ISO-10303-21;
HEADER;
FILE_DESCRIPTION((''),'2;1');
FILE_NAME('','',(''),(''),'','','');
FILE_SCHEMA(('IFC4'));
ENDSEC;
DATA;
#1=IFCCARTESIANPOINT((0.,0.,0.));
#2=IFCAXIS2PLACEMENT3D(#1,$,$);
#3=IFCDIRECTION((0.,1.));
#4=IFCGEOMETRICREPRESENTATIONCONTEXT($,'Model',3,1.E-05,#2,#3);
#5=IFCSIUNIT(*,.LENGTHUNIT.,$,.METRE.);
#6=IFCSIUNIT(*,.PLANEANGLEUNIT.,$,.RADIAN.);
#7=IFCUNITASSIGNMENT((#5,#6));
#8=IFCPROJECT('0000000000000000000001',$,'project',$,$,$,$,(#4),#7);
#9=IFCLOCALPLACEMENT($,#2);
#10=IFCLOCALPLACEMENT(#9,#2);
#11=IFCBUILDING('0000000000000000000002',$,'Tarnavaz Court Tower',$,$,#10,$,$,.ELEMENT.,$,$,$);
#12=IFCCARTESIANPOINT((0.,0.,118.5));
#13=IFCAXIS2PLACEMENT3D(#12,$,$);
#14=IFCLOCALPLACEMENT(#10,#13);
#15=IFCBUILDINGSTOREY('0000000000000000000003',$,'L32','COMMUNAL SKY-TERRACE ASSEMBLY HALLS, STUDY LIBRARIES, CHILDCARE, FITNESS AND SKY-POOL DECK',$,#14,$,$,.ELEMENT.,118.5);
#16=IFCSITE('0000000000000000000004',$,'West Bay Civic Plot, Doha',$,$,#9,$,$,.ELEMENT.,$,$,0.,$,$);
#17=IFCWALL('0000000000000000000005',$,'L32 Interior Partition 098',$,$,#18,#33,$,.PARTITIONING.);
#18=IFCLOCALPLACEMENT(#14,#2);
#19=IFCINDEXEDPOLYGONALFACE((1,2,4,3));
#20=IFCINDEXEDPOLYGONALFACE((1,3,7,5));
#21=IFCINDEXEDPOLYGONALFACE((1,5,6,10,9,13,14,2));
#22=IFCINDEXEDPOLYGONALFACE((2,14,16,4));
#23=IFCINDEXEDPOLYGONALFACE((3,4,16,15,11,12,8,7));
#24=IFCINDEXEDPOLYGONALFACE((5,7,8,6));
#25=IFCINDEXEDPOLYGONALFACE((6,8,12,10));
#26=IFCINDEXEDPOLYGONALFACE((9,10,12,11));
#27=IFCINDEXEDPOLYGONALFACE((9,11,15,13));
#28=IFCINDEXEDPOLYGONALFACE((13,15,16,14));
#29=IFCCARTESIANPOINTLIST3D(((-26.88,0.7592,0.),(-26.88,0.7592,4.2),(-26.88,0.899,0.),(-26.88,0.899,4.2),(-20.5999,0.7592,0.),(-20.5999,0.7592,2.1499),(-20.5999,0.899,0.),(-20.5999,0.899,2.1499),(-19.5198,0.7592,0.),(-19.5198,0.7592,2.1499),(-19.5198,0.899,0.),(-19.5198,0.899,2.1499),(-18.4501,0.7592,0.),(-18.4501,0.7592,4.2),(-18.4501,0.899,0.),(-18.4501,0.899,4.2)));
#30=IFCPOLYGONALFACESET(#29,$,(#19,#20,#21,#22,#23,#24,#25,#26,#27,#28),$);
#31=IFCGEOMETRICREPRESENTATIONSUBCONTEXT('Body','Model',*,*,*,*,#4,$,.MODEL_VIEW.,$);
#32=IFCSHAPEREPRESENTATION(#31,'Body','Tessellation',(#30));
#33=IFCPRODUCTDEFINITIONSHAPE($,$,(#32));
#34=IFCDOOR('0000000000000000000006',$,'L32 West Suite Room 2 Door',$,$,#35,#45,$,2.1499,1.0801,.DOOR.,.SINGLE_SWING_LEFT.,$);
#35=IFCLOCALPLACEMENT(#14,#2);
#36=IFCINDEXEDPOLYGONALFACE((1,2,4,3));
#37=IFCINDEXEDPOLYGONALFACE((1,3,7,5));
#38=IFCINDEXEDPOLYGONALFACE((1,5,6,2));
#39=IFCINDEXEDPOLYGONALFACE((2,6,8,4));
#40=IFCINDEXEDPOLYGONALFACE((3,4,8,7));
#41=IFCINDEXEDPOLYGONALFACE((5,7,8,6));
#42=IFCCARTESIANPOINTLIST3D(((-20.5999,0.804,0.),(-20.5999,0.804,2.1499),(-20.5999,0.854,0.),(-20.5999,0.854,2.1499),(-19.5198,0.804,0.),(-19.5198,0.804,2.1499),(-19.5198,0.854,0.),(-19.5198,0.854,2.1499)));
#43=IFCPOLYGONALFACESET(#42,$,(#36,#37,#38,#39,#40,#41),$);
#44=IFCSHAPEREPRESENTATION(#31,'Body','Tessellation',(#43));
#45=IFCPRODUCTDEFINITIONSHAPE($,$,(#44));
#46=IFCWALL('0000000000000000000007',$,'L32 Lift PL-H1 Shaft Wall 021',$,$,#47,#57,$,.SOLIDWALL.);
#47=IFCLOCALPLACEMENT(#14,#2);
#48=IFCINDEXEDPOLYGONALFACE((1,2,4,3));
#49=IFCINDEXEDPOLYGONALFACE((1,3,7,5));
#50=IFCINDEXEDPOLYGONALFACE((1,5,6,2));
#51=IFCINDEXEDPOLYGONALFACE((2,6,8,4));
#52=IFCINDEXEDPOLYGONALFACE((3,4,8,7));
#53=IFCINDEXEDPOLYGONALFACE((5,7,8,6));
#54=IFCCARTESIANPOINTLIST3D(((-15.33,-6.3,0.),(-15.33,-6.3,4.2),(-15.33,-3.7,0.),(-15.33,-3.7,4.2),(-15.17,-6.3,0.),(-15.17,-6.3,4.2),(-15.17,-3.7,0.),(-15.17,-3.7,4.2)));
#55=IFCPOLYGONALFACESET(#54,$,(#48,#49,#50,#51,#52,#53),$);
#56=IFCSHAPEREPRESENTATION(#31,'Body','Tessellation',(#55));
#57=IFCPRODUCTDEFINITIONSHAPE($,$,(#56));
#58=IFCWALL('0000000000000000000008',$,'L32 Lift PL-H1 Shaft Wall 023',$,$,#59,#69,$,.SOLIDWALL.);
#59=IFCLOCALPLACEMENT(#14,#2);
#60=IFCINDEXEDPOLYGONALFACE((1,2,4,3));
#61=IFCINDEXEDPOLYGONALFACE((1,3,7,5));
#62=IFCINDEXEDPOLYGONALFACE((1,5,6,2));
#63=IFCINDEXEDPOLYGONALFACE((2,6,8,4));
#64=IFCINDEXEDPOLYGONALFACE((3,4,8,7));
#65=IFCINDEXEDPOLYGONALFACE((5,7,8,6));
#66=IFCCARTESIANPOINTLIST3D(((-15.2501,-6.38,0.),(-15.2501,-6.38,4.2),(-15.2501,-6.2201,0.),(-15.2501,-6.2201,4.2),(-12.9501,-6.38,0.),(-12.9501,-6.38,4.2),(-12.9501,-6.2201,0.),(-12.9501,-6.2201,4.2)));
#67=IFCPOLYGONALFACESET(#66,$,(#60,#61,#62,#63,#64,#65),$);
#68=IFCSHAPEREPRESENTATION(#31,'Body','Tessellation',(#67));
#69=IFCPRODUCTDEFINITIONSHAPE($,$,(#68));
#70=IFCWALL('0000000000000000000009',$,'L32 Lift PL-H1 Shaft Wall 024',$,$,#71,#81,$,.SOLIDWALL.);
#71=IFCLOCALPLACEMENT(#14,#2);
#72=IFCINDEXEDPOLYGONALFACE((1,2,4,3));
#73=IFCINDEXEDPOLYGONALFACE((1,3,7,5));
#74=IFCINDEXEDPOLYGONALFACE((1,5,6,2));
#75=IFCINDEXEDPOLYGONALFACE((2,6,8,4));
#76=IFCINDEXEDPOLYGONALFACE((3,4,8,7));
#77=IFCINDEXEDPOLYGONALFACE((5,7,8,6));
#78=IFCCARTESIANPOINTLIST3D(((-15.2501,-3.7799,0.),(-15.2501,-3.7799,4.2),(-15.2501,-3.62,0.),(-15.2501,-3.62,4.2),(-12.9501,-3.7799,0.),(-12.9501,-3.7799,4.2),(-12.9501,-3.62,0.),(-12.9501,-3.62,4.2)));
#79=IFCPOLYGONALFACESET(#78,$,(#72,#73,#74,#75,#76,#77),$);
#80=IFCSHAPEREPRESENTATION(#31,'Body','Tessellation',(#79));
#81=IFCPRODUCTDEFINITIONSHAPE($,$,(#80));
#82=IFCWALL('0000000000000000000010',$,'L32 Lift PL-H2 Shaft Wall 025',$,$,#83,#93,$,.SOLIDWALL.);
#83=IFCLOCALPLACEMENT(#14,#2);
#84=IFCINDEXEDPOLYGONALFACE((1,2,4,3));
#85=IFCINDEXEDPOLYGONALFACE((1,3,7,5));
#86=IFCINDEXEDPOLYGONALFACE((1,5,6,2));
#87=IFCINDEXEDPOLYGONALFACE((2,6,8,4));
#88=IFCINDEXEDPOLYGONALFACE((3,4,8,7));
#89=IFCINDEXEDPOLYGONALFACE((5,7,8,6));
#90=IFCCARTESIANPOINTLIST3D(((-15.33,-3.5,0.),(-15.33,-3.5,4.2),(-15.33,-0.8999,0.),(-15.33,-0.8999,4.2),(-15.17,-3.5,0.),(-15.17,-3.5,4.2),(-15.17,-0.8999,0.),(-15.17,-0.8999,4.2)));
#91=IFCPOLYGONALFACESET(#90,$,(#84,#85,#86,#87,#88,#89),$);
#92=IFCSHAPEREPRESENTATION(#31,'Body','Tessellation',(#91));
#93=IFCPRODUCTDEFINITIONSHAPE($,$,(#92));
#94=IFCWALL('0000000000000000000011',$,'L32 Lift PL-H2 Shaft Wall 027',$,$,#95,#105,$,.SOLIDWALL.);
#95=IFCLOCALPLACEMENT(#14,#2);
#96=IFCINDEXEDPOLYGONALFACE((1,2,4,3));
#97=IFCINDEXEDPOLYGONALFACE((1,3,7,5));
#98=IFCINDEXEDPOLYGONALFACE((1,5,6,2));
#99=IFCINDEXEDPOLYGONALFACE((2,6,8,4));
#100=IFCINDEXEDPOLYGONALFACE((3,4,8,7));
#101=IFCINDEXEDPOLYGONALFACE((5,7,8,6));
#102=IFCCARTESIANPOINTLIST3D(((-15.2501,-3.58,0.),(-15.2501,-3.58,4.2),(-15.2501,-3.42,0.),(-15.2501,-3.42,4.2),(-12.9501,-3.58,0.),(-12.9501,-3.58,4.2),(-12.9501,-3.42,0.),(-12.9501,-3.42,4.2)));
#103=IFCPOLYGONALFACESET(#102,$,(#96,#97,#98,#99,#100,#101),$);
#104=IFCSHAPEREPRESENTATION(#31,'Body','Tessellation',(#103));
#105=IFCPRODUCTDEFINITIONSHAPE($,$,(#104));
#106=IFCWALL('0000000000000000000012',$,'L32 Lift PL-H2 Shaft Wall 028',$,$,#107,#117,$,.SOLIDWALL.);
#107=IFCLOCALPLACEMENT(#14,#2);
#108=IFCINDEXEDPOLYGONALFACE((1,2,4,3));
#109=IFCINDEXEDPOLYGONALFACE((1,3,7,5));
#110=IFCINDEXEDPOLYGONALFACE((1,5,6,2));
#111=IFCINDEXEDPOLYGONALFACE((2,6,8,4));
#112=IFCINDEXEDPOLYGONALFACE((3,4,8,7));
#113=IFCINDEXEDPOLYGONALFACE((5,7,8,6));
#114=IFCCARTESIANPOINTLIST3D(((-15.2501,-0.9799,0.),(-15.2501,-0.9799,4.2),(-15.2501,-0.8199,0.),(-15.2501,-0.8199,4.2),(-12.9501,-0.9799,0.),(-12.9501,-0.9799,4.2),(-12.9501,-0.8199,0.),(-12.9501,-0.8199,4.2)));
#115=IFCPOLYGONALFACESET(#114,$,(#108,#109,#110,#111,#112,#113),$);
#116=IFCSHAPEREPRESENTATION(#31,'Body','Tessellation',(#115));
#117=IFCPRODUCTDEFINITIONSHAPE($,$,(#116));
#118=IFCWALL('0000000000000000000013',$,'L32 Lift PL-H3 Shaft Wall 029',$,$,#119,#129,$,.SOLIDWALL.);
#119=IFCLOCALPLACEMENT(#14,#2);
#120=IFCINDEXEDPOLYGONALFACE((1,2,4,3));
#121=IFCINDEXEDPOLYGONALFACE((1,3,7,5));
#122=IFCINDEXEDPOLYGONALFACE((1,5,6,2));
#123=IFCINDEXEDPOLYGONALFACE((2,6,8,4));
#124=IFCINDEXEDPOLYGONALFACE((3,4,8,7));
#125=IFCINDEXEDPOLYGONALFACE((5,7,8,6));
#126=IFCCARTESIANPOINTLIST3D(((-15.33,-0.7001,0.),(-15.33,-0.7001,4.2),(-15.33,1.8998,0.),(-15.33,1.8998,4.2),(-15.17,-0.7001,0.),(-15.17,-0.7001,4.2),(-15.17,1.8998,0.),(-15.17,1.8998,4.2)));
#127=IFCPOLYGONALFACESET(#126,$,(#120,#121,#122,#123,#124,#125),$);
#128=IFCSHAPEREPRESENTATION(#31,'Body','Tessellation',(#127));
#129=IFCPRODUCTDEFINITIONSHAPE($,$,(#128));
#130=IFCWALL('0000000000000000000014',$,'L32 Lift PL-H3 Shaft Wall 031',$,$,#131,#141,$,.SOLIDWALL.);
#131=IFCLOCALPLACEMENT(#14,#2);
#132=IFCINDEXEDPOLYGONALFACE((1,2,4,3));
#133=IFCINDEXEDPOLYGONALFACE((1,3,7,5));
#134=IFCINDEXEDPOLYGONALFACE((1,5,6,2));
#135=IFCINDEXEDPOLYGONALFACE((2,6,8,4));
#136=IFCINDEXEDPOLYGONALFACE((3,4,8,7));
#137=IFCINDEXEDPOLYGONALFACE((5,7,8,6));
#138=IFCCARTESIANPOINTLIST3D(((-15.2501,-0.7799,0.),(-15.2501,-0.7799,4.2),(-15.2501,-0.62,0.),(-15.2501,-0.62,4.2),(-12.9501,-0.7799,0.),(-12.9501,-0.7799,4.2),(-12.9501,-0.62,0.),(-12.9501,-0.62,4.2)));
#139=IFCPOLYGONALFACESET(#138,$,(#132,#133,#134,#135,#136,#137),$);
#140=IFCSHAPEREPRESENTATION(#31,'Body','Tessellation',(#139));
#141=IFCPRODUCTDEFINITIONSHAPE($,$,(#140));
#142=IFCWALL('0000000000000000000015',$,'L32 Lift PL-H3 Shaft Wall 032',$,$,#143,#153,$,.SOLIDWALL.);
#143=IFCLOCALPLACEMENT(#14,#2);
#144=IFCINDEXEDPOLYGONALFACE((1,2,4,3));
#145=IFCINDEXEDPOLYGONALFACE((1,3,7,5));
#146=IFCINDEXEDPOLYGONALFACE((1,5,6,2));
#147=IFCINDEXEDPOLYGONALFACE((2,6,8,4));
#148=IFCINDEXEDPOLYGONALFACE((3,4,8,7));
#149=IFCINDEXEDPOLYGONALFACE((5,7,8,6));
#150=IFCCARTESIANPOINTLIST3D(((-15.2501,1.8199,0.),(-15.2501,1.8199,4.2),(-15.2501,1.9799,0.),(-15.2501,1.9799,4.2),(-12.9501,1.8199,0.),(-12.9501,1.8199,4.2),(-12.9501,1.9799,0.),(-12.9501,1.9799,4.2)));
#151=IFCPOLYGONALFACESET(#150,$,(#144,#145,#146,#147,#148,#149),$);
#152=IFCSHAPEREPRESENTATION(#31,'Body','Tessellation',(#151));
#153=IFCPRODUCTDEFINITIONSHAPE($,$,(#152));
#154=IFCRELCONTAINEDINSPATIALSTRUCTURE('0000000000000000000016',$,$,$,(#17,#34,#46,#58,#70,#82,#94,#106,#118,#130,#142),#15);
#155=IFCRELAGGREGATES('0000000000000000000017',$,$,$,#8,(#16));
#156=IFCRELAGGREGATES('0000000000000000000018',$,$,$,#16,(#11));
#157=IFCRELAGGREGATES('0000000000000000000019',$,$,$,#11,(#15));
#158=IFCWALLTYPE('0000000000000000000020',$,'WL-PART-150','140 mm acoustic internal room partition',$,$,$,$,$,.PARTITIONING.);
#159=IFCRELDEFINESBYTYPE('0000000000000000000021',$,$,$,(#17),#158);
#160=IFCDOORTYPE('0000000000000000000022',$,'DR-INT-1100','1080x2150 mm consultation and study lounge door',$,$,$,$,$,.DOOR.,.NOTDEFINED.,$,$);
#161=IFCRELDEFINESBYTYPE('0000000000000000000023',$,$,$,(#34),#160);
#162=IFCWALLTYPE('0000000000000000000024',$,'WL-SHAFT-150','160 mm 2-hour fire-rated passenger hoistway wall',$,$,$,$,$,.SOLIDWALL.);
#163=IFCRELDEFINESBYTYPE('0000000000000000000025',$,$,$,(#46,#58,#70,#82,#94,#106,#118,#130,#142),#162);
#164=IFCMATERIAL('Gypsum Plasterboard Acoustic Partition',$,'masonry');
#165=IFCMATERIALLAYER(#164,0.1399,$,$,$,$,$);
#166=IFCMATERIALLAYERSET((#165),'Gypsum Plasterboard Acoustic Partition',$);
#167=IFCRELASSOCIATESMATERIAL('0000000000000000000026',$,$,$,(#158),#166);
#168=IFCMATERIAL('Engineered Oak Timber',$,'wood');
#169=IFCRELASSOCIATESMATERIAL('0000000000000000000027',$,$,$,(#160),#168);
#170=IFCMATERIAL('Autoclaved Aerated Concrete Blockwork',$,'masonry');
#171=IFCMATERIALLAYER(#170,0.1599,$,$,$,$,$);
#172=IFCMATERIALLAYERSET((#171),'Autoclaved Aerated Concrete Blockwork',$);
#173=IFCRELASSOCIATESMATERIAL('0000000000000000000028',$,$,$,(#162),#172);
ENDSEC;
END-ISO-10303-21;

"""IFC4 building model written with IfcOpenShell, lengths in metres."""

from ifc_helpers import new_model, si_unit, direction, frame, frame_2d, origin, place, context, subcontext, project, spatial, rectangle, extrude, material, layer, layer_set, type_object, element, fill, save


model = new_model("IFC4")

# Units and contexts
model_context = context("Model", 3, precision=1e-05, world=origin(), true_north=direction((0.0, 1.0)))
body_context = subcontext(model_context, "Body", "Model", "MODEL_VIEW")
ifc_project = project(units=[si_unit("LENGTHUNIT", "METRE"), si_unit("PLANEANGLEUNIT", "RADIAN")], contexts=[model_context])

# Site, building, storey
site_placement = place(None, origin())
site = spatial("IfcSite", under=ifc_project, at=site_placement, Name="West Bay Civic Plot, Doha", CompositionType="ELEMENT", RefElevation=0.0)
building_placement = place(site_placement, origin())
building = spatial("IfcBuilding", under=site, at=building_placement, Name="Tarnavaz Court Tower", CompositionType="ELEMENT")
storey_placement = place(building_placement, frame((0.0, 0.0, 118.5)))
storey = spatial("IfcBuildingStorey", under=building, at=storey_placement, Name="L32", Description="COMMUNAL SKY-TERRACE ASSEMBLY HALLS, STUDY LIBRARIES, CHILDCARE, FITNESS AND SKY-POOL DECK", CompositionType="ELEMENT", Elevation=118.5)

# Wall, opening, door
ifc_material_1 = material(Name="Gypsum Plasterboard Acoustic Partition", Category="masonry")
ifc_layer_1 = layer(ifc_material_1, 0.1399)
ifc_layer_set_1 = layer_set([ifc_layer_1], Name="Gypsum Plasterboard Acoustic Partition")
wall_type_1 = type_object("IfcWallType", Name="WL-PART-150", Description="140 mm acoustic internal room partition", PredefinedType="PARTITIONING", material=ifc_layer_set_1)
wall_1_placement = place(storey_placement, frame((-26.8799, 0.8291, 0.0), z_axis=(0.0, 0.0, 1.0), x_axis=(1.0, 0.0, 0.0)))
wall_1 = element("IfcWall", 1, at=wall_1_placement, inside=storey, type_object=wall_type_1, Name="L32 Interior Partition 098", PredefinedType="PARTITIONING", context=body_context, shape_type="SweptSolid", body=[
    extrude(rectangle(XDim=8.4299, YDim=0.1399, at=frame_2d((4.2148, 0.0))), origin(), (0.0, 0.0, 1.0), 4.2),
])
opening_1_placement = place(wall_1_placement, frame((6.28, 0.0, 0.0)))
opening_1 = element("IfcOpeningElement", 2, at=opening_1_placement, cuts=wall_1, PredefinedType="OPENING", context=body_context, shape_type="SweptSolid", body=[
    extrude(rectangle(XDim=1.0801, YDim=2.1499, at=frame_2d((0.54, 1.075))), frame((0.0, 0.0798, 0.0), z_axis=(0.0, -1.0, 0.0), x_axis=(1.0, 0.0, 0.0)), (0.0, 0.0, 1.0), 0.1599),
])
ifc_material_2 = material(Name="Engineered Oak Timber", Category="wood")
door_type_1 = type_object("IfcDoorType", Name="DR-INT-1100", Description="1080x2150 mm consultation and study lounge door", OperationType="NOTDEFINED", PredefinedType="DOOR", material=ifc_material_2)
door_1_placement = place(opening_1_placement, origin())
door_1 = element("IfcDoor", 3, at=door_1_placement, inside=storey, type_object=door_type_1, Name="L32 West Suite Room 2 Door", OperationType="SINGLE_SWING_LEFT", OverallHeight=2.1499, OverallWidth=1.0801, PredefinedType="DOOR", context=body_context, shape_type="SweptSolid", body=[
    extrude(rectangle(XDim=1.0801, YDim=2.1499, at=frame_2d((0.54, 1.075))), frame((0.0, 0.0249, 0.0), z_axis=(0.0, -1.0, 0.0), x_axis=(1.0, 0.0, 0.0)), (0.0, 0.0, 1.0), 0.05),
])
fill(opening_1, door_1)

# Walls
ifc_material_3 = material(Name="Autoclaved Aerated Concrete Blockwork", Category="masonry")
ifc_layer_2 = layer(ifc_material_3, 0.1599)
ifc_layer_set_2 = layer_set([ifc_layer_2], Name="Autoclaved Aerated Concrete Blockwork")
wall_type_2 = type_object("IfcWallType", Name="WL-SHAFT-150", Description="160 mm 2-hour fire-rated passenger hoistway wall", PredefinedType="SOLIDWALL", material=ifc_layer_set_2)
wall_2_placement = place(storey_placement, frame((-15.25, -6.3, 0.0), z_axis=(0.0, 0.0, 1.0), x_axis=(0.0, 1.0, 0.0)))
element("IfcWall", 4, at=wall_2_placement, inside=storey, type_object=wall_type_2, Name="L32 Lift PL-H1 Shaft Wall 021", PredefinedType="SOLIDWALL", context=body_context, shape_type="SweptSolid", body=[
    extrude(rectangle(XDim=2.6001, YDim=0.1599, at=frame_2d((1.3, 0.0))), origin(), (0.0, 0.0, 1.0), 4.2),
])
for number, where, z_axis, x_axis, name in (
    (5, (-15.25, -6.3, 0.0), (0.0, 0.0, 1.0), (1.0, 0.0, 0.0), "L32 Lift PL-H1 Shaft Wall 023"),
    (6, (-15.25, -3.7, 0.0), (0.0, 0.0, 1.0), (1.0, 0.0, 0.0), "L32 Lift PL-H1 Shaft Wall 024"),
):
    element("IfcWall", number, at=place(storey_placement, frame(where, z_axis=z_axis, x_axis=x_axis)), inside=storey, type_object=wall_type_2, Name=name, PredefinedType="SOLIDWALL", context=body_context, shape_type="SweptSolid", body=[
        extrude(rectangle(XDim=2.3, YDim=0.1599, at=frame_2d((1.1499, 0.0))), origin(), (0.0, 0.0, 1.0), 4.2),
    ])
wall_3_placement = place(storey_placement, frame((-15.25, -3.5, 0.0), z_axis=(0.0, 0.0, 1.0), x_axis=(0.0, 1.0, 0.0)))
element("IfcWall", 7, at=wall_3_placement, inside=storey, type_object=wall_type_2, Name="L32 Lift PL-H2 Shaft Wall 025", PredefinedType="SOLIDWALL", context=body_context, shape_type="SweptSolid", body=[
    extrude(rectangle(XDim=2.6001, YDim=0.1599, at=frame_2d((1.3, 0.0))), origin(), (0.0, 0.0, 1.0), 4.2),
])
for number, where, z_axis, x_axis, name in (
    (8, (-15.25, -3.5, 0.0), (0.0, 0.0, 1.0), (1.0, 0.0, 0.0), "L32 Lift PL-H2 Shaft Wall 027"),
    (9, (-15.25, -0.8999, 0.0), (0.0, 0.0, 1.0), (1.0, 0.0, 0.0), "L32 Lift PL-H2 Shaft Wall 028"),
):
    element("IfcWall", number, at=place(storey_placement, frame(where, z_axis=z_axis, x_axis=x_axis)), inside=storey, type_object=wall_type_2, Name=name, PredefinedType="SOLIDWALL", context=body_context, shape_type="SweptSolid", body=[
        extrude(rectangle(XDim=2.3, YDim=0.1599, at=frame_2d((1.1499, 0.0))), origin(), (0.0, 0.0, 1.0), 4.2),
    ])
wall_4_placement = place(storey_placement, frame((-15.25, -0.7, 0.0), z_axis=(0.0, 0.0, 1.0), x_axis=(0.0, 1.0, 0.0)))
element("IfcWall", 10, at=wall_4_placement, inside=storey, type_object=wall_type_2, Name="L32 Lift PL-H3 Shaft Wall 029", PredefinedType="SOLIDWALL", context=body_context, shape_type="SweptSolid", body=[
    extrude(rectangle(XDim=2.5999, YDim=0.1599, at=frame_2d((1.2998, 0.0))), origin(), (0.0, 0.0, 1.0), 4.2),
])
for number, where, z_axis, x_axis, name in (
    (11, (-15.25, -0.7, 0.0), (0.0, 0.0, 1.0), (1.0, 0.0, 0.0), "L32 Lift PL-H3 Shaft Wall 031"),
    (12, (-15.25, 1.8999, 0.0), (0.0, 0.0, 1.0), (1.0, 0.0, 0.0), "L32 Lift PL-H3 Shaft Wall 032"),
):
    element("IfcWall", number, at=place(storey_placement, frame(where, z_axis=z_axis, x_axis=x_axis)), inside=storey, type_object=wall_type_2, Name=name, PredefinedType="SOLIDWALL", context=body_context, shape_type="SweptSolid", body=[
        extrude(rectangle(XDim=2.3, YDim=0.1599, at=frame_2d((1.1499, 0.0))), origin(), (0.0, 0.0, 1.0), 4.2),
    ])

save(model, "model.ifc")
